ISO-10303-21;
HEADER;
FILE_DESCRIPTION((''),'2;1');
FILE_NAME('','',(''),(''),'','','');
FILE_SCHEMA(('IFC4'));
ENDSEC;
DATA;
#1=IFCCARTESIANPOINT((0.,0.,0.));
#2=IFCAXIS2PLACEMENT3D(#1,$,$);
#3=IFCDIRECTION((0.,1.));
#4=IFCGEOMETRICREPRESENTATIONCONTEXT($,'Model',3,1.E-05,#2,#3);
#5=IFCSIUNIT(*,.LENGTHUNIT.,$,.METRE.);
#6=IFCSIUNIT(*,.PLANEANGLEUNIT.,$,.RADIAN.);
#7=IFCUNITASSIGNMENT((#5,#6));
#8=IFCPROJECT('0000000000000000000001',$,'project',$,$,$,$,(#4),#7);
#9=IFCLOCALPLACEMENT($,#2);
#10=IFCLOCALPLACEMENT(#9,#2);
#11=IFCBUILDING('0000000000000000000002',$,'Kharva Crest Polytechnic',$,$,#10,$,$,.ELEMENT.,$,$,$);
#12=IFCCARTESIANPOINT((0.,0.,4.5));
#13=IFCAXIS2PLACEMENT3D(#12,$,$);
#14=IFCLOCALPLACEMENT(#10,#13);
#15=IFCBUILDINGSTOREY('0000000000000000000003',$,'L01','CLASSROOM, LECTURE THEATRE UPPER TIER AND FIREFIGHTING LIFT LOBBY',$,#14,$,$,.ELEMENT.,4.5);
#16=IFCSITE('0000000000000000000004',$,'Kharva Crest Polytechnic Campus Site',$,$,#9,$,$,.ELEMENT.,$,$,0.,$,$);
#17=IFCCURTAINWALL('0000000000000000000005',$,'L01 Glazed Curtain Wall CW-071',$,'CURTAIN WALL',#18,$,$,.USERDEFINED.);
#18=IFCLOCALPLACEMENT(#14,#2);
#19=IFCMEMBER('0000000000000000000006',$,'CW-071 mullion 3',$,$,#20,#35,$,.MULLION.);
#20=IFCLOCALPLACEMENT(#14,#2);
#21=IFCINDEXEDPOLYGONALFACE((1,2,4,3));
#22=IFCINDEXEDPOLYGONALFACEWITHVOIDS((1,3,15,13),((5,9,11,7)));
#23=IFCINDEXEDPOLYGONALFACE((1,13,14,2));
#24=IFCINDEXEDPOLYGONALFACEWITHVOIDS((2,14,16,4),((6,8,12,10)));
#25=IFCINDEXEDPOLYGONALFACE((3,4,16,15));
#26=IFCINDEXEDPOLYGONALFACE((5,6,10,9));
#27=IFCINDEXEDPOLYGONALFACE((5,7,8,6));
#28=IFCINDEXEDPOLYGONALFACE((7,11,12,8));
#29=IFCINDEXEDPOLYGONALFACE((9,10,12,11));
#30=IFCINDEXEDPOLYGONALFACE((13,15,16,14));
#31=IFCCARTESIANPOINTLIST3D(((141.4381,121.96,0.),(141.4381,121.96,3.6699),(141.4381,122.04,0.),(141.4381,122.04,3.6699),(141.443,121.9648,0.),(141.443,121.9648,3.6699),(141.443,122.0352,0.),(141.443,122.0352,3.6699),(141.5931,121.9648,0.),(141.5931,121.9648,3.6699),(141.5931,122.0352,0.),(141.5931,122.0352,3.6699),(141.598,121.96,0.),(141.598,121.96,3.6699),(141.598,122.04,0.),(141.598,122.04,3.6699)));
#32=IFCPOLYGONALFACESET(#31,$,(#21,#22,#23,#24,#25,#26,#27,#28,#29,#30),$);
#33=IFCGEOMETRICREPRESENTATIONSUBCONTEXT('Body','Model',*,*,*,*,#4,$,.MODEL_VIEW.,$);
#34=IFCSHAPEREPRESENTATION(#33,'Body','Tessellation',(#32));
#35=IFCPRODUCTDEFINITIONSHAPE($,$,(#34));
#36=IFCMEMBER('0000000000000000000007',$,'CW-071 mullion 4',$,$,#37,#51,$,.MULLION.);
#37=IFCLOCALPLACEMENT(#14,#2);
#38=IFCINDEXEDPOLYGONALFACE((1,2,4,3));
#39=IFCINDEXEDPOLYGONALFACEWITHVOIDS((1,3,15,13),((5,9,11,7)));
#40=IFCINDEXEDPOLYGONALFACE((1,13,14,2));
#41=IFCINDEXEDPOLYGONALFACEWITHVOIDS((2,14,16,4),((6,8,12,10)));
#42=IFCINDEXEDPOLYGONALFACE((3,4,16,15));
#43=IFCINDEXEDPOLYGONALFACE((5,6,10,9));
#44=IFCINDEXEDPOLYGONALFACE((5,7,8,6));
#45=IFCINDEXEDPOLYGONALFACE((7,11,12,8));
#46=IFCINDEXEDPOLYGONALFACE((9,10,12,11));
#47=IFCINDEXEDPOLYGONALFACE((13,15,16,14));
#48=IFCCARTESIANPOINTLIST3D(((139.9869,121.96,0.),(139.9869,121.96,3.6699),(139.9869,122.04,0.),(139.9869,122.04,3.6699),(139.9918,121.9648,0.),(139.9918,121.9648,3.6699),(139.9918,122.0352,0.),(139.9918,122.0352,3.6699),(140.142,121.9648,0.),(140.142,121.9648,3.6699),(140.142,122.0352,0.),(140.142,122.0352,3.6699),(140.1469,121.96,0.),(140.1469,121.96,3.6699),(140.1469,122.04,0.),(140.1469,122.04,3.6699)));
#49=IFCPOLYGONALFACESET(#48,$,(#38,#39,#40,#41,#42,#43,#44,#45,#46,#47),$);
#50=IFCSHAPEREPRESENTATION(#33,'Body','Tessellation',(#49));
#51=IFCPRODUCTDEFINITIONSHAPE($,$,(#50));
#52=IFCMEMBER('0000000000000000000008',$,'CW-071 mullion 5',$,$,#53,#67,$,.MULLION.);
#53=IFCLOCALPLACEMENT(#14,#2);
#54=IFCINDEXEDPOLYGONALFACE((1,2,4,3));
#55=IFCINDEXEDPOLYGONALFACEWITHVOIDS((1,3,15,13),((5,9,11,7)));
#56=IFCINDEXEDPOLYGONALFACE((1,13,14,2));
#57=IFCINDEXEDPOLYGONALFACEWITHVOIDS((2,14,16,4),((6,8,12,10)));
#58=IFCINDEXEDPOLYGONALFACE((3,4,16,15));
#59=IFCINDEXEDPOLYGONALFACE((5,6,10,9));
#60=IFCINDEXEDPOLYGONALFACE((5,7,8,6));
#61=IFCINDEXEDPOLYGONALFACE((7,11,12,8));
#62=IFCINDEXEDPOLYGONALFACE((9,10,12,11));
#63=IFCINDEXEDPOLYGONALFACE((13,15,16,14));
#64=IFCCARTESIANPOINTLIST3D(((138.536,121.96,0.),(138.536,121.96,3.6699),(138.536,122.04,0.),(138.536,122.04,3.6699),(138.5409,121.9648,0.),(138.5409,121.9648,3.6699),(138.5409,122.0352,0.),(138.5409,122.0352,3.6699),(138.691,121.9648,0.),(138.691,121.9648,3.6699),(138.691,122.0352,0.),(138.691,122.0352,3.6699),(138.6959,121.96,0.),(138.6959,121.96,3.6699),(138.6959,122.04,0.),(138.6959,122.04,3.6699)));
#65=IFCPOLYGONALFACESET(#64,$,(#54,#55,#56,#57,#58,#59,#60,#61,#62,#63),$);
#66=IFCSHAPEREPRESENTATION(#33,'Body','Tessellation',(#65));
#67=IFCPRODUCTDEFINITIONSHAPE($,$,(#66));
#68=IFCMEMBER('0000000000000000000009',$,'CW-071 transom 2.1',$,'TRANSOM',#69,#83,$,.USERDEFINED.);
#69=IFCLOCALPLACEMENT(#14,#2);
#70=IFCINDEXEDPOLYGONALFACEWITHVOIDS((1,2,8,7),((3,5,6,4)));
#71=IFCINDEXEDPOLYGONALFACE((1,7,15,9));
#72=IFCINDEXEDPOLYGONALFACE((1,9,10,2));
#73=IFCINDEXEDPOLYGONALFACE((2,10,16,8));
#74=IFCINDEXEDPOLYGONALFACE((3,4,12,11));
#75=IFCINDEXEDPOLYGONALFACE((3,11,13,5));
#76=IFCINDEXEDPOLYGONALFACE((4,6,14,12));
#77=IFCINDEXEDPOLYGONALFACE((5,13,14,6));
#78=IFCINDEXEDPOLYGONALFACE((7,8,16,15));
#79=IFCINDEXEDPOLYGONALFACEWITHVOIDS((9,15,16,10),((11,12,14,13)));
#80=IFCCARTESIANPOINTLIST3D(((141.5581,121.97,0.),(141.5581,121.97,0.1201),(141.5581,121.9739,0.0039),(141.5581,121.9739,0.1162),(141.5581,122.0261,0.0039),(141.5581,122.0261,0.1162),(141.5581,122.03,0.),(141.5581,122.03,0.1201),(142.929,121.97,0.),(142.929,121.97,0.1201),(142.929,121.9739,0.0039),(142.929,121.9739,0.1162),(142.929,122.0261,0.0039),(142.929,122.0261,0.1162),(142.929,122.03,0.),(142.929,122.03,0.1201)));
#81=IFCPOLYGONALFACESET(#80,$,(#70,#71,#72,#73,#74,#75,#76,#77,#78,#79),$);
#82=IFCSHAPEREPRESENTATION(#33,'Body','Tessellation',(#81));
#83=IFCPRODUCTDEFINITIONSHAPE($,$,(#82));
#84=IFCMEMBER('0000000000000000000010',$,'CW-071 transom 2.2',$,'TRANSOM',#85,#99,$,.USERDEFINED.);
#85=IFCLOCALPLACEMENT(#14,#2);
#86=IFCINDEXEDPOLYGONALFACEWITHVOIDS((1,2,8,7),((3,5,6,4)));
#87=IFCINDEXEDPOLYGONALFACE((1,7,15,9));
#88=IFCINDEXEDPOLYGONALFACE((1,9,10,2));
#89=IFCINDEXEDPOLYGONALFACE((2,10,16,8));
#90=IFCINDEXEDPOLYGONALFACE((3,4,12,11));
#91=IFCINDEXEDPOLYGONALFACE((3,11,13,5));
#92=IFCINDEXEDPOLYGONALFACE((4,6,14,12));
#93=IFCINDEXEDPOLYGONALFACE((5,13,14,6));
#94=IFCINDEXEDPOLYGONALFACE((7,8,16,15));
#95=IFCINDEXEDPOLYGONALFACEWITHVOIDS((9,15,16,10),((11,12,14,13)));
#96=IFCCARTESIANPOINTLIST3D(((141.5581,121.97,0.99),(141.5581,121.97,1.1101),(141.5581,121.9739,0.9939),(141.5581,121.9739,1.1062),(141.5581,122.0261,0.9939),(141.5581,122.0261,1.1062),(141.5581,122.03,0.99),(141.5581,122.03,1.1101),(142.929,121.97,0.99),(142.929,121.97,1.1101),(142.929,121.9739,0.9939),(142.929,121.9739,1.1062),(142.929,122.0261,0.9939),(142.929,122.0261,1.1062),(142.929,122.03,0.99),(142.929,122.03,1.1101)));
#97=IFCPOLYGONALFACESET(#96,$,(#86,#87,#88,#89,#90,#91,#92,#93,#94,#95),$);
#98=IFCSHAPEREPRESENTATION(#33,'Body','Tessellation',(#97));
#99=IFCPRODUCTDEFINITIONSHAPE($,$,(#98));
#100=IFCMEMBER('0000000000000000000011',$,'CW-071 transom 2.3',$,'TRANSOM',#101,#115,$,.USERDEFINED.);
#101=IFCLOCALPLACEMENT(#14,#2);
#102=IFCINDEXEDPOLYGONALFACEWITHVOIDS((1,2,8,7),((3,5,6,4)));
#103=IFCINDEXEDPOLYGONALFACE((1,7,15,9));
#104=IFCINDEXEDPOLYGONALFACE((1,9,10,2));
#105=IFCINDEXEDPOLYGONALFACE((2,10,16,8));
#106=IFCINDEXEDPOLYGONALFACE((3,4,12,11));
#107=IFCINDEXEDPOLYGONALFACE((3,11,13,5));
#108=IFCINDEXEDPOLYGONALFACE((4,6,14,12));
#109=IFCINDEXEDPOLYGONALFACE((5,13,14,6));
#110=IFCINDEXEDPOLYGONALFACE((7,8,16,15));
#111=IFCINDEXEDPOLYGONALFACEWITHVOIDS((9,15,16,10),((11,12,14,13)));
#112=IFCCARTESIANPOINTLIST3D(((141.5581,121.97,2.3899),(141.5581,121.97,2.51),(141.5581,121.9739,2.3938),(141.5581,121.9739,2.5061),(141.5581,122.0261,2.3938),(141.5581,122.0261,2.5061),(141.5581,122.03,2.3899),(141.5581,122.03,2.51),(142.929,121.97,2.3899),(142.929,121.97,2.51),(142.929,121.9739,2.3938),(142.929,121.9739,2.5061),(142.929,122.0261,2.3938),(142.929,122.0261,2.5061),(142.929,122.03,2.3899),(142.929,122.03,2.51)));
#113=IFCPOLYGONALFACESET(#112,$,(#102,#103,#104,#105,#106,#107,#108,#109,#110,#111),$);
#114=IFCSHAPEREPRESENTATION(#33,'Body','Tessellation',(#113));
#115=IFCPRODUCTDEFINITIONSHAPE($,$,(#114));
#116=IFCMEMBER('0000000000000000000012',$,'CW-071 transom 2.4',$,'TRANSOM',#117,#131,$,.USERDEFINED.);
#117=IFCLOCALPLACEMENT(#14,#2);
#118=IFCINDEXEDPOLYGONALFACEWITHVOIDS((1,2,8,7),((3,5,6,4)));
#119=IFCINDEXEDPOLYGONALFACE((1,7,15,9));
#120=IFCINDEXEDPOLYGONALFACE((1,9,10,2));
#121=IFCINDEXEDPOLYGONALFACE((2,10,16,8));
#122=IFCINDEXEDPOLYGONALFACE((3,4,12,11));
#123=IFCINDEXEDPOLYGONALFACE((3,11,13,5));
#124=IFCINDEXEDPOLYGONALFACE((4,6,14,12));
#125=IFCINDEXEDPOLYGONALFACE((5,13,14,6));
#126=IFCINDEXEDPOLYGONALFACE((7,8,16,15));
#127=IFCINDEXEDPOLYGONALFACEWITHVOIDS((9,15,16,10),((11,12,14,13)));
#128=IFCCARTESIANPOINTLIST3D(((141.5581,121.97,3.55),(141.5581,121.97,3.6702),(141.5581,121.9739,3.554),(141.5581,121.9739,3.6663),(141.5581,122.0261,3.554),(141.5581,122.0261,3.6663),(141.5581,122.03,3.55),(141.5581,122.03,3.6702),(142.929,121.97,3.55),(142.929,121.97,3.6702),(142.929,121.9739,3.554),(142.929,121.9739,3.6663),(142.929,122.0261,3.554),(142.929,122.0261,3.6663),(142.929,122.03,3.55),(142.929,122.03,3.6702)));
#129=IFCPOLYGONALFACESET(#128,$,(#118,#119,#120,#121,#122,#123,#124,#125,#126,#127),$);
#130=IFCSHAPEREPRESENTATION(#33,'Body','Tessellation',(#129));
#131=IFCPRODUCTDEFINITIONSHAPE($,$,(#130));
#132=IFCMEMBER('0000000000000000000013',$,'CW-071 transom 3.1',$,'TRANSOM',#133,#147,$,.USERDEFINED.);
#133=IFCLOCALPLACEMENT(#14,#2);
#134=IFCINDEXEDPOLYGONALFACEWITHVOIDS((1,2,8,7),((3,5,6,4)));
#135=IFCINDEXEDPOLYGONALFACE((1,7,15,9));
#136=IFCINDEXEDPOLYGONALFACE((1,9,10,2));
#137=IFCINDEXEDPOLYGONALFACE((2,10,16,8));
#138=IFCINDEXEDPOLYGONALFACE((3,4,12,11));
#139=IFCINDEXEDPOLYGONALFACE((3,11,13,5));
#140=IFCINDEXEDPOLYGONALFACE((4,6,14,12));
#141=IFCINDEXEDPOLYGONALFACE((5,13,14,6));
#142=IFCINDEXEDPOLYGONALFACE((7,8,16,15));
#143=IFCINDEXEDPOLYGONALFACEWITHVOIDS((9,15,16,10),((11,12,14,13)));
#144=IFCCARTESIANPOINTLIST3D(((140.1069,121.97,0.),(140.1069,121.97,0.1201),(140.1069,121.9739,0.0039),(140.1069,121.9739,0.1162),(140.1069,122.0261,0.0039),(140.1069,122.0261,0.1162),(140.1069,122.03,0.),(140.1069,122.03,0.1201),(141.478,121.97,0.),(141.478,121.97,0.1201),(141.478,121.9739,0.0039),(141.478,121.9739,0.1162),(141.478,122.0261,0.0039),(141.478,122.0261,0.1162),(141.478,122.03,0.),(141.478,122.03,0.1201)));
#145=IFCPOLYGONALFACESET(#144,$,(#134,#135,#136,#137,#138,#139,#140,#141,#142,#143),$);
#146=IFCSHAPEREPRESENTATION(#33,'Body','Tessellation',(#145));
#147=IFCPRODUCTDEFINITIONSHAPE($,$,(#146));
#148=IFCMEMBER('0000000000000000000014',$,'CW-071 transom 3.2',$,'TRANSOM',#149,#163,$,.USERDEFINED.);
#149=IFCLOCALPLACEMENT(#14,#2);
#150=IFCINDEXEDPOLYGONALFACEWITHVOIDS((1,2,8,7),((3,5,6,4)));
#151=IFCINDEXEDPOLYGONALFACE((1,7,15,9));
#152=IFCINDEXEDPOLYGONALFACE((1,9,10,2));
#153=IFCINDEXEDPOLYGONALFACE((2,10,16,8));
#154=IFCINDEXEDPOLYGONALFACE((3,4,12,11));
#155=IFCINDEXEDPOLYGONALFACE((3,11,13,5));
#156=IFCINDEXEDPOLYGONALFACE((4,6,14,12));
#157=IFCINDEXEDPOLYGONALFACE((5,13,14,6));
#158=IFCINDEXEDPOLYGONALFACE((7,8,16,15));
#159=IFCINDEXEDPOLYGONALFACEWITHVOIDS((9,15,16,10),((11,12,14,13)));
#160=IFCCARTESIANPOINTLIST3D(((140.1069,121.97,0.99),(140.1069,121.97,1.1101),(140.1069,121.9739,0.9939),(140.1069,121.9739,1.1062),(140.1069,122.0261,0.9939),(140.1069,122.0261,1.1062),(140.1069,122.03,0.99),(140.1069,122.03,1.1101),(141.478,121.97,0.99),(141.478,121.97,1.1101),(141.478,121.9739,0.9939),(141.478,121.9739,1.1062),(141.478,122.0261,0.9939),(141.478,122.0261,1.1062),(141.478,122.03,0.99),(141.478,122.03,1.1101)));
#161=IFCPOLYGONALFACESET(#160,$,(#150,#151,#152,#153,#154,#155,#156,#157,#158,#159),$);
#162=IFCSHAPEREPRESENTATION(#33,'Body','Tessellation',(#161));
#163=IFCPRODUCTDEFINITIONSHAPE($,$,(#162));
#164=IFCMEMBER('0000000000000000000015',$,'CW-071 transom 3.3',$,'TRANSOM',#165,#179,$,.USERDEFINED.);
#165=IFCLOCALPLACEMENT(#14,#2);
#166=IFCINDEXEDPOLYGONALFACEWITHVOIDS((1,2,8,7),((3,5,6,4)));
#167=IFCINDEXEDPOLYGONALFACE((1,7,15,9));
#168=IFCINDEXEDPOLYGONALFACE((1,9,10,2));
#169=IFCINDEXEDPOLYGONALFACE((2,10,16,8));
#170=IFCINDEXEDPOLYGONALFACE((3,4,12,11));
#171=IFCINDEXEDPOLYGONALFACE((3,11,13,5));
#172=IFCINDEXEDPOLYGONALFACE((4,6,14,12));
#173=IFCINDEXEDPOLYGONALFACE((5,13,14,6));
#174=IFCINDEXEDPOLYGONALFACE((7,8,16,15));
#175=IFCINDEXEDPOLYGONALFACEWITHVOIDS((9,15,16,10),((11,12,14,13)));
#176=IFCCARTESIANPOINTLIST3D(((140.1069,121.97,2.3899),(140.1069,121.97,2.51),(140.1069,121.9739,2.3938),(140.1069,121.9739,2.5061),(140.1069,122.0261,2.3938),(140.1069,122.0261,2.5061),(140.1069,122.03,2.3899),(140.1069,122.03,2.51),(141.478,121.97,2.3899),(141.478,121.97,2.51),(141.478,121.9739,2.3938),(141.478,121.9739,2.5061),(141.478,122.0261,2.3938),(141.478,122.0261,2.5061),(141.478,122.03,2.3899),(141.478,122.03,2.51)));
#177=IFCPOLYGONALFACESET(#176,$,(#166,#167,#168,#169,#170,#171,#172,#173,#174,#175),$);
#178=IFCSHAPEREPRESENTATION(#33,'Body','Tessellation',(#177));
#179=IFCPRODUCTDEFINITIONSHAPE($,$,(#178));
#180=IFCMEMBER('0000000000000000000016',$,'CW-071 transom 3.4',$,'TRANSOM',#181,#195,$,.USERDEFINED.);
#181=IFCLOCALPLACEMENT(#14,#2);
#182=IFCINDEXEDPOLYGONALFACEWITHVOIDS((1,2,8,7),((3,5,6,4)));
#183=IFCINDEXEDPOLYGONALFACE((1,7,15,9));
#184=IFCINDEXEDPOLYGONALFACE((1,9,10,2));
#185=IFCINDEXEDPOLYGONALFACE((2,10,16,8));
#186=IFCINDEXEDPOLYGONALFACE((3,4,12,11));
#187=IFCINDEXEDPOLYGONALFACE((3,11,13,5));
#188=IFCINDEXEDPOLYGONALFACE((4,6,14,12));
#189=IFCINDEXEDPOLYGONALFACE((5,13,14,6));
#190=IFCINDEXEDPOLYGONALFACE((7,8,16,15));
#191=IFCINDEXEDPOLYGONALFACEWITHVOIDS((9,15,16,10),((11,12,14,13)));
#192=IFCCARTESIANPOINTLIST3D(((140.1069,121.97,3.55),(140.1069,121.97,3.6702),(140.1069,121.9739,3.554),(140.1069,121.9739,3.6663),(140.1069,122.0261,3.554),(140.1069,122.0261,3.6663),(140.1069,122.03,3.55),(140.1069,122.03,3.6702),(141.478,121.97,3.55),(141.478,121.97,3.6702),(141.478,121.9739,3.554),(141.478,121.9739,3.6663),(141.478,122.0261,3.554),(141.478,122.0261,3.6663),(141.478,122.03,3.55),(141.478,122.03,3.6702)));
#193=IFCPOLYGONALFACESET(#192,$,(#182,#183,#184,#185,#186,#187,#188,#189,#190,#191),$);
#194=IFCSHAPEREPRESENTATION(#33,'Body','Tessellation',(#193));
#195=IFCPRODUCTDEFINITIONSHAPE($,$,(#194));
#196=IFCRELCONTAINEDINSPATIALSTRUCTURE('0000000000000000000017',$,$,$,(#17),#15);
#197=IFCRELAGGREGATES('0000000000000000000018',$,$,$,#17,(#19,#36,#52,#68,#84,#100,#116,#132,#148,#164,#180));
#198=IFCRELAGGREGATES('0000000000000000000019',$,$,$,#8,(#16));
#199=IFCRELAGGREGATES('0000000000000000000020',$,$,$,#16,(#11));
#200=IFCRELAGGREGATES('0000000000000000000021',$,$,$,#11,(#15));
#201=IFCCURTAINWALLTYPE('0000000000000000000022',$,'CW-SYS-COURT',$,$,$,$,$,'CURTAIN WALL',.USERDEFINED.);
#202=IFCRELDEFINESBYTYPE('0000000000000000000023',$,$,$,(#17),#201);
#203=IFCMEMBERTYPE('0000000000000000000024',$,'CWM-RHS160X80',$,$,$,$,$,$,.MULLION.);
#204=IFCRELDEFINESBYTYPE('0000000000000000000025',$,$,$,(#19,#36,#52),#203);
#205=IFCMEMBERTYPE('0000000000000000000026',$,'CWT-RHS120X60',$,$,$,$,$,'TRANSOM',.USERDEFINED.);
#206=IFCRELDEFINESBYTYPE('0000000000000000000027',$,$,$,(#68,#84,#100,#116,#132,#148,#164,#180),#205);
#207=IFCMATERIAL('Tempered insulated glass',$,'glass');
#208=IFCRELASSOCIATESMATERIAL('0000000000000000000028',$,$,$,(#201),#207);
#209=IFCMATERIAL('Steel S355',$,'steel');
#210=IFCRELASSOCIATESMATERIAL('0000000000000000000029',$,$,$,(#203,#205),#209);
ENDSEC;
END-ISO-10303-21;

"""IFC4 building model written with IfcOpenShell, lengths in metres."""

from ifc_helpers import new_model, si_unit, direction, frame, origin, origin_2d, place, context, subcontext, project, spatial, hollow_rectangle, extrude, material, material_profile, profile_set, type_object, element, aggregate, save


model = new_model("IFC4")

# Units and contexts
model_context = context("Model", 3, precision=1e-05, world=origin(), true_north=direction((0.0, 1.0)))
body_context = subcontext(model_context, "Body", "Model", "MODEL_VIEW")
ifc_project = project(units=[si_unit("LENGTHUNIT", "METRE"), si_unit("PLANEANGLEUNIT", "RADIAN")], contexts=[model_context])

# Site, building, storey
site_placement = place(None, origin())
site = spatial("IfcSite", under=ifc_project, at=site_placement, Name="Kharva Crest Polytechnic Campus Site", CompositionType="ELEMENT", RefElevation=0.0)
building_placement = place(site_placement, origin())
building = spatial("IfcBuilding", under=site, at=building_placement, Name="Kharva Crest Polytechnic", CompositionType="ELEMENT")
storey_placement = place(building_placement, frame((0.0, 0.0, 4.5)))
storey = spatial("IfcBuildingStorey", under=building, at=storey_placement, Name="L01", Description="CLASSROOM, LECTURE THEATRE UPPER TIER AND FIREFIGHTING LIFT LOBBY", CompositionType="ELEMENT", Elevation=4.5)

# Curtain wall, members
ifc_material_1 = material(Name="Tempered insulated glass", Category="glass")
curtain_wall_type = type_object("IfcCurtainWallType", Name="CW-SYS-COURT", ElementType="CURTAIN WALL", PredefinedType="USERDEFINED", material=ifc_material_1)
curtain_wall_placement = place(storey_placement, origin())
curtain_wall = element("IfcCurtainWall", 1, at=curtain_wall_placement, inside=storey, type_object=curtain_wall_type, Name="L01 Glazed Curtain Wall CW-071", ObjectType="CURTAIN WALL", PredefinedType="USERDEFINED")
ifc_material_2 = material(Name="Steel S355", Category="steel")
ifc_material_profile_1 = material_profile(ifc_material_2, hollow_rectangle(XDim=0.0801, YDim=0.1599, WallThickness=0.0049, at=origin_2d()), Name="RHS 160X80X5.0")
ifc_profile_set_1 = profile_set([ifc_material_profile_1], Name="Steel S355")
member_type_1 = type_object("IfcMemberType", Name="CWM-RHS160X80", PredefinedType="MULLION", material=ifc_profile_set_1)
member_1_placement = place(storey_placement, frame((141.5181, 122.0, 0.0), z_axis=(0.0, 0.0, 1.0), x_axis=(0.0, -1.0, 0.0)))
member_1 = element("IfcMember", 2, at=member_1_placement, type_object=member_type_1, Name="CW-071 mullion 3", PredefinedType="MULLION", context=body_context, shape_type="SweptSolid", body=[
    extrude(hollow_rectangle(XDim=0.0801, YDim=0.1599, WallThickness=0.0049, at=origin_2d()), origin(), (0.0, 0.0, 1.0), 3.6699),
])
member_2_placement = place(storey_placement, frame((140.0669, 122.0, 0.0), z_axis=(0.0, 0.0, 1.0), x_axis=(0.0, -1.0, 0.0)))
member_2 = element("IfcMember", 3, at=member_2_placement, type_object=member_type_1, Name="CW-071 mullion 4", PredefinedType="MULLION", context=body_context, shape_type="SweptSolid", body=[
    extrude(hollow_rectangle(XDim=0.0801, YDim=0.1599, WallThickness=0.0049, at=origin_2d()), origin(), (0.0, 0.0, 1.0), 3.6699),
])
member_3_placement = place(storey_placement, frame((138.616, 122.0, 0.0), z_axis=(0.0, 0.0, 1.0), x_axis=(0.0, -1.0, 0.0)))
member_3 = element("IfcMember", 4, at=member_3_placement, type_object=member_type_1, Name="CW-071 mullion 5", PredefinedType="MULLION", context=body_context, shape_type="SweptSolid", body=[
    extrude(hollow_rectangle(XDim=0.0801, YDim=0.1599, WallThickness=0.0049, at=origin_2d()), origin(), (0.0, 0.0, 1.0), 3.6699),
])
ifc_material_profile_2 = material_profile(ifc_material_2, hollow_rectangle(XDim=0.0601, YDim=0.1201, WallThickness=0.0039, at=origin_2d()), Name="RHS 120X60X4.0")
ifc_profile_set_2 = profile_set([ifc_material_profile_2], Name="Steel S355")
member_type_2 = type_object("IfcMemberType", Name="CWT-RHS120X60", ElementType="TRANSOM", PredefinedType="USERDEFINED", material=ifc_profile_set_2)
member_4_placement = place(storey_placement, frame((142.929, 122.0, 0.0601), z_axis=(-1.0, 0.0, 0.0), x_axis=(0.0, -1.0, 0.0)))
member_4 = element("IfcMember", 5, at=member_4_placement, type_object=member_type_2, Name="CW-071 transom 2.1", ObjectType="TRANSOM", PredefinedType="USERDEFINED", context=body_context, shape_type="SweptSolid", body=[
    extrude(hollow_rectangle(XDim=0.0601, YDim=0.1201, WallThickness=0.0039, at=origin_2d()), origin(), (0.0, 0.0, 1.0), 1.3708),
])
member_5_placement = place(storey_placement, frame((142.929, 122.0, 1.05), z_axis=(-1.0, 0.0, 0.0), x_axis=(0.0, -1.0, 0.0)))
member_5 = element("IfcMember", 6, at=member_5_placement, type_object=member_type_2, Name="CW-071 transom 2.2", ObjectType="TRANSOM", PredefinedType="USERDEFINED", context=body_context, shape_type="SweptSolid", body=[
    extrude(hollow_rectangle(XDim=0.0601, YDim=0.1201, WallThickness=0.0039, at=origin_2d()), origin(), (0.0, 0.0, 1.0), 1.3708),
])
member_6_placement = place(storey_placement, frame((142.929, 122.0, 2.45), z_axis=(-1.0, 0.0, 0.0), x_axis=(0.0, -1.0, 0.0)))
member_6 = element("IfcMember", 7, at=member_6_placement, type_object=member_type_2, Name="CW-071 transom 2.3", ObjectType="TRANSOM", PredefinedType="USERDEFINED", context=body_context, shape_type="SweptSolid", body=[
    extrude(hollow_rectangle(XDim=0.0601, YDim=0.1201, WallThickness=0.0039, at=origin_2d()), origin(), (0.0, 0.0, 1.0), 1.3708),
])
member_7_placement = place(storey_placement, frame((142.929, 122.0, 3.6101), z_axis=(-1.0, 0.0, 0.0), x_axis=(0.0, -1.0, 0.0)))
member_7 = element("IfcMember", 8, at=member_7_placement, type_object=member_type_2, Name="CW-071 transom 2.4", ObjectType="TRANSOM", PredefinedType="USERDEFINED", context=body_context, shape_type="SweptSolid", body=[
    extrude(hollow_rectangle(XDim=0.0601, YDim=0.1201, WallThickness=0.0039, at=origin_2d()), origin(), (0.0, 0.0, 1.0), 1.3708),
])
member_8_placement = place(storey_placement, frame((141.478, 122.0, 0.0601), z_axis=(-1.0, 0.0, 0.0), x_axis=(0.0, -1.0, 0.0)))
member_8 = element("IfcMember", 9, at=member_8_placement, type_object=member_type_2, Name="CW-071 transom 3.1", ObjectType="TRANSOM", PredefinedType="USERDEFINED", context=body_context, shape_type="SweptSolid", body=[
    extrude(hollow_rectangle(XDim=0.0601, YDim=0.1201, WallThickness=0.0039, at=origin_2d()), origin(), (0.0, 0.0, 1.0), 1.3711),
])
member_9_placement = place(storey_placement, frame((141.478, 122.0, 1.05), z_axis=(-1.0, 0.0, 0.0), x_axis=(0.0, -1.0, 0.0)))
member_9 = element("IfcMember", 10, at=member_9_placement, type_object=member_type_2, Name="CW-071 transom 3.2", ObjectType="TRANSOM", PredefinedType="USERDEFINED", context=body_context, shape_type="SweptSolid", body=[
    extrude(hollow_rectangle(XDim=0.0601, YDim=0.1201, WallThickness=0.0039, at=origin_2d()), origin(), (0.0, 0.0, 1.0), 1.3711),
])
member_10_placement = place(storey_placement, frame((141.478, 122.0, 2.45), z_axis=(-1.0, 0.0, 0.0), x_axis=(0.0, -1.0, 0.0)))
member_10 = element("IfcMember", 11, at=member_10_placement, type_object=member_type_2, Name="CW-071 transom 3.3", ObjectType="TRANSOM", PredefinedType="USERDEFINED", context=body_context, shape_type="SweptSolid", body=[
    extrude(hollow_rectangle(XDim=0.0601, YDim=0.1201, WallThickness=0.0039, at=origin_2d()), origin(), (0.0, 0.0, 1.0), 1.3711),
])
member_11_placement = place(storey_placement, frame((141.478, 122.0, 3.6101), z_axis=(-1.0, 0.0, 0.0), x_axis=(0.0, -1.0, 0.0)))
member_11 = element("IfcMember", 12, at=member_11_placement, type_object=member_type_2, Name="CW-071 transom 3.4", ObjectType="TRANSOM", PredefinedType="USERDEFINED", context=body_context, shape_type="SweptSolid", body=[
    extrude(hollow_rectangle(XDim=0.0601, YDim=0.1201, WallThickness=0.0039, at=origin_2d()), origin(), (0.0, 0.0, 1.0), 1.3711),
])
aggregate(curtain_wall, [member_1, member_2, member_3, member_4, member_5, member_6, member_7, member_8, member_9, member_10, member_11])

save(model, "model.ifc")
